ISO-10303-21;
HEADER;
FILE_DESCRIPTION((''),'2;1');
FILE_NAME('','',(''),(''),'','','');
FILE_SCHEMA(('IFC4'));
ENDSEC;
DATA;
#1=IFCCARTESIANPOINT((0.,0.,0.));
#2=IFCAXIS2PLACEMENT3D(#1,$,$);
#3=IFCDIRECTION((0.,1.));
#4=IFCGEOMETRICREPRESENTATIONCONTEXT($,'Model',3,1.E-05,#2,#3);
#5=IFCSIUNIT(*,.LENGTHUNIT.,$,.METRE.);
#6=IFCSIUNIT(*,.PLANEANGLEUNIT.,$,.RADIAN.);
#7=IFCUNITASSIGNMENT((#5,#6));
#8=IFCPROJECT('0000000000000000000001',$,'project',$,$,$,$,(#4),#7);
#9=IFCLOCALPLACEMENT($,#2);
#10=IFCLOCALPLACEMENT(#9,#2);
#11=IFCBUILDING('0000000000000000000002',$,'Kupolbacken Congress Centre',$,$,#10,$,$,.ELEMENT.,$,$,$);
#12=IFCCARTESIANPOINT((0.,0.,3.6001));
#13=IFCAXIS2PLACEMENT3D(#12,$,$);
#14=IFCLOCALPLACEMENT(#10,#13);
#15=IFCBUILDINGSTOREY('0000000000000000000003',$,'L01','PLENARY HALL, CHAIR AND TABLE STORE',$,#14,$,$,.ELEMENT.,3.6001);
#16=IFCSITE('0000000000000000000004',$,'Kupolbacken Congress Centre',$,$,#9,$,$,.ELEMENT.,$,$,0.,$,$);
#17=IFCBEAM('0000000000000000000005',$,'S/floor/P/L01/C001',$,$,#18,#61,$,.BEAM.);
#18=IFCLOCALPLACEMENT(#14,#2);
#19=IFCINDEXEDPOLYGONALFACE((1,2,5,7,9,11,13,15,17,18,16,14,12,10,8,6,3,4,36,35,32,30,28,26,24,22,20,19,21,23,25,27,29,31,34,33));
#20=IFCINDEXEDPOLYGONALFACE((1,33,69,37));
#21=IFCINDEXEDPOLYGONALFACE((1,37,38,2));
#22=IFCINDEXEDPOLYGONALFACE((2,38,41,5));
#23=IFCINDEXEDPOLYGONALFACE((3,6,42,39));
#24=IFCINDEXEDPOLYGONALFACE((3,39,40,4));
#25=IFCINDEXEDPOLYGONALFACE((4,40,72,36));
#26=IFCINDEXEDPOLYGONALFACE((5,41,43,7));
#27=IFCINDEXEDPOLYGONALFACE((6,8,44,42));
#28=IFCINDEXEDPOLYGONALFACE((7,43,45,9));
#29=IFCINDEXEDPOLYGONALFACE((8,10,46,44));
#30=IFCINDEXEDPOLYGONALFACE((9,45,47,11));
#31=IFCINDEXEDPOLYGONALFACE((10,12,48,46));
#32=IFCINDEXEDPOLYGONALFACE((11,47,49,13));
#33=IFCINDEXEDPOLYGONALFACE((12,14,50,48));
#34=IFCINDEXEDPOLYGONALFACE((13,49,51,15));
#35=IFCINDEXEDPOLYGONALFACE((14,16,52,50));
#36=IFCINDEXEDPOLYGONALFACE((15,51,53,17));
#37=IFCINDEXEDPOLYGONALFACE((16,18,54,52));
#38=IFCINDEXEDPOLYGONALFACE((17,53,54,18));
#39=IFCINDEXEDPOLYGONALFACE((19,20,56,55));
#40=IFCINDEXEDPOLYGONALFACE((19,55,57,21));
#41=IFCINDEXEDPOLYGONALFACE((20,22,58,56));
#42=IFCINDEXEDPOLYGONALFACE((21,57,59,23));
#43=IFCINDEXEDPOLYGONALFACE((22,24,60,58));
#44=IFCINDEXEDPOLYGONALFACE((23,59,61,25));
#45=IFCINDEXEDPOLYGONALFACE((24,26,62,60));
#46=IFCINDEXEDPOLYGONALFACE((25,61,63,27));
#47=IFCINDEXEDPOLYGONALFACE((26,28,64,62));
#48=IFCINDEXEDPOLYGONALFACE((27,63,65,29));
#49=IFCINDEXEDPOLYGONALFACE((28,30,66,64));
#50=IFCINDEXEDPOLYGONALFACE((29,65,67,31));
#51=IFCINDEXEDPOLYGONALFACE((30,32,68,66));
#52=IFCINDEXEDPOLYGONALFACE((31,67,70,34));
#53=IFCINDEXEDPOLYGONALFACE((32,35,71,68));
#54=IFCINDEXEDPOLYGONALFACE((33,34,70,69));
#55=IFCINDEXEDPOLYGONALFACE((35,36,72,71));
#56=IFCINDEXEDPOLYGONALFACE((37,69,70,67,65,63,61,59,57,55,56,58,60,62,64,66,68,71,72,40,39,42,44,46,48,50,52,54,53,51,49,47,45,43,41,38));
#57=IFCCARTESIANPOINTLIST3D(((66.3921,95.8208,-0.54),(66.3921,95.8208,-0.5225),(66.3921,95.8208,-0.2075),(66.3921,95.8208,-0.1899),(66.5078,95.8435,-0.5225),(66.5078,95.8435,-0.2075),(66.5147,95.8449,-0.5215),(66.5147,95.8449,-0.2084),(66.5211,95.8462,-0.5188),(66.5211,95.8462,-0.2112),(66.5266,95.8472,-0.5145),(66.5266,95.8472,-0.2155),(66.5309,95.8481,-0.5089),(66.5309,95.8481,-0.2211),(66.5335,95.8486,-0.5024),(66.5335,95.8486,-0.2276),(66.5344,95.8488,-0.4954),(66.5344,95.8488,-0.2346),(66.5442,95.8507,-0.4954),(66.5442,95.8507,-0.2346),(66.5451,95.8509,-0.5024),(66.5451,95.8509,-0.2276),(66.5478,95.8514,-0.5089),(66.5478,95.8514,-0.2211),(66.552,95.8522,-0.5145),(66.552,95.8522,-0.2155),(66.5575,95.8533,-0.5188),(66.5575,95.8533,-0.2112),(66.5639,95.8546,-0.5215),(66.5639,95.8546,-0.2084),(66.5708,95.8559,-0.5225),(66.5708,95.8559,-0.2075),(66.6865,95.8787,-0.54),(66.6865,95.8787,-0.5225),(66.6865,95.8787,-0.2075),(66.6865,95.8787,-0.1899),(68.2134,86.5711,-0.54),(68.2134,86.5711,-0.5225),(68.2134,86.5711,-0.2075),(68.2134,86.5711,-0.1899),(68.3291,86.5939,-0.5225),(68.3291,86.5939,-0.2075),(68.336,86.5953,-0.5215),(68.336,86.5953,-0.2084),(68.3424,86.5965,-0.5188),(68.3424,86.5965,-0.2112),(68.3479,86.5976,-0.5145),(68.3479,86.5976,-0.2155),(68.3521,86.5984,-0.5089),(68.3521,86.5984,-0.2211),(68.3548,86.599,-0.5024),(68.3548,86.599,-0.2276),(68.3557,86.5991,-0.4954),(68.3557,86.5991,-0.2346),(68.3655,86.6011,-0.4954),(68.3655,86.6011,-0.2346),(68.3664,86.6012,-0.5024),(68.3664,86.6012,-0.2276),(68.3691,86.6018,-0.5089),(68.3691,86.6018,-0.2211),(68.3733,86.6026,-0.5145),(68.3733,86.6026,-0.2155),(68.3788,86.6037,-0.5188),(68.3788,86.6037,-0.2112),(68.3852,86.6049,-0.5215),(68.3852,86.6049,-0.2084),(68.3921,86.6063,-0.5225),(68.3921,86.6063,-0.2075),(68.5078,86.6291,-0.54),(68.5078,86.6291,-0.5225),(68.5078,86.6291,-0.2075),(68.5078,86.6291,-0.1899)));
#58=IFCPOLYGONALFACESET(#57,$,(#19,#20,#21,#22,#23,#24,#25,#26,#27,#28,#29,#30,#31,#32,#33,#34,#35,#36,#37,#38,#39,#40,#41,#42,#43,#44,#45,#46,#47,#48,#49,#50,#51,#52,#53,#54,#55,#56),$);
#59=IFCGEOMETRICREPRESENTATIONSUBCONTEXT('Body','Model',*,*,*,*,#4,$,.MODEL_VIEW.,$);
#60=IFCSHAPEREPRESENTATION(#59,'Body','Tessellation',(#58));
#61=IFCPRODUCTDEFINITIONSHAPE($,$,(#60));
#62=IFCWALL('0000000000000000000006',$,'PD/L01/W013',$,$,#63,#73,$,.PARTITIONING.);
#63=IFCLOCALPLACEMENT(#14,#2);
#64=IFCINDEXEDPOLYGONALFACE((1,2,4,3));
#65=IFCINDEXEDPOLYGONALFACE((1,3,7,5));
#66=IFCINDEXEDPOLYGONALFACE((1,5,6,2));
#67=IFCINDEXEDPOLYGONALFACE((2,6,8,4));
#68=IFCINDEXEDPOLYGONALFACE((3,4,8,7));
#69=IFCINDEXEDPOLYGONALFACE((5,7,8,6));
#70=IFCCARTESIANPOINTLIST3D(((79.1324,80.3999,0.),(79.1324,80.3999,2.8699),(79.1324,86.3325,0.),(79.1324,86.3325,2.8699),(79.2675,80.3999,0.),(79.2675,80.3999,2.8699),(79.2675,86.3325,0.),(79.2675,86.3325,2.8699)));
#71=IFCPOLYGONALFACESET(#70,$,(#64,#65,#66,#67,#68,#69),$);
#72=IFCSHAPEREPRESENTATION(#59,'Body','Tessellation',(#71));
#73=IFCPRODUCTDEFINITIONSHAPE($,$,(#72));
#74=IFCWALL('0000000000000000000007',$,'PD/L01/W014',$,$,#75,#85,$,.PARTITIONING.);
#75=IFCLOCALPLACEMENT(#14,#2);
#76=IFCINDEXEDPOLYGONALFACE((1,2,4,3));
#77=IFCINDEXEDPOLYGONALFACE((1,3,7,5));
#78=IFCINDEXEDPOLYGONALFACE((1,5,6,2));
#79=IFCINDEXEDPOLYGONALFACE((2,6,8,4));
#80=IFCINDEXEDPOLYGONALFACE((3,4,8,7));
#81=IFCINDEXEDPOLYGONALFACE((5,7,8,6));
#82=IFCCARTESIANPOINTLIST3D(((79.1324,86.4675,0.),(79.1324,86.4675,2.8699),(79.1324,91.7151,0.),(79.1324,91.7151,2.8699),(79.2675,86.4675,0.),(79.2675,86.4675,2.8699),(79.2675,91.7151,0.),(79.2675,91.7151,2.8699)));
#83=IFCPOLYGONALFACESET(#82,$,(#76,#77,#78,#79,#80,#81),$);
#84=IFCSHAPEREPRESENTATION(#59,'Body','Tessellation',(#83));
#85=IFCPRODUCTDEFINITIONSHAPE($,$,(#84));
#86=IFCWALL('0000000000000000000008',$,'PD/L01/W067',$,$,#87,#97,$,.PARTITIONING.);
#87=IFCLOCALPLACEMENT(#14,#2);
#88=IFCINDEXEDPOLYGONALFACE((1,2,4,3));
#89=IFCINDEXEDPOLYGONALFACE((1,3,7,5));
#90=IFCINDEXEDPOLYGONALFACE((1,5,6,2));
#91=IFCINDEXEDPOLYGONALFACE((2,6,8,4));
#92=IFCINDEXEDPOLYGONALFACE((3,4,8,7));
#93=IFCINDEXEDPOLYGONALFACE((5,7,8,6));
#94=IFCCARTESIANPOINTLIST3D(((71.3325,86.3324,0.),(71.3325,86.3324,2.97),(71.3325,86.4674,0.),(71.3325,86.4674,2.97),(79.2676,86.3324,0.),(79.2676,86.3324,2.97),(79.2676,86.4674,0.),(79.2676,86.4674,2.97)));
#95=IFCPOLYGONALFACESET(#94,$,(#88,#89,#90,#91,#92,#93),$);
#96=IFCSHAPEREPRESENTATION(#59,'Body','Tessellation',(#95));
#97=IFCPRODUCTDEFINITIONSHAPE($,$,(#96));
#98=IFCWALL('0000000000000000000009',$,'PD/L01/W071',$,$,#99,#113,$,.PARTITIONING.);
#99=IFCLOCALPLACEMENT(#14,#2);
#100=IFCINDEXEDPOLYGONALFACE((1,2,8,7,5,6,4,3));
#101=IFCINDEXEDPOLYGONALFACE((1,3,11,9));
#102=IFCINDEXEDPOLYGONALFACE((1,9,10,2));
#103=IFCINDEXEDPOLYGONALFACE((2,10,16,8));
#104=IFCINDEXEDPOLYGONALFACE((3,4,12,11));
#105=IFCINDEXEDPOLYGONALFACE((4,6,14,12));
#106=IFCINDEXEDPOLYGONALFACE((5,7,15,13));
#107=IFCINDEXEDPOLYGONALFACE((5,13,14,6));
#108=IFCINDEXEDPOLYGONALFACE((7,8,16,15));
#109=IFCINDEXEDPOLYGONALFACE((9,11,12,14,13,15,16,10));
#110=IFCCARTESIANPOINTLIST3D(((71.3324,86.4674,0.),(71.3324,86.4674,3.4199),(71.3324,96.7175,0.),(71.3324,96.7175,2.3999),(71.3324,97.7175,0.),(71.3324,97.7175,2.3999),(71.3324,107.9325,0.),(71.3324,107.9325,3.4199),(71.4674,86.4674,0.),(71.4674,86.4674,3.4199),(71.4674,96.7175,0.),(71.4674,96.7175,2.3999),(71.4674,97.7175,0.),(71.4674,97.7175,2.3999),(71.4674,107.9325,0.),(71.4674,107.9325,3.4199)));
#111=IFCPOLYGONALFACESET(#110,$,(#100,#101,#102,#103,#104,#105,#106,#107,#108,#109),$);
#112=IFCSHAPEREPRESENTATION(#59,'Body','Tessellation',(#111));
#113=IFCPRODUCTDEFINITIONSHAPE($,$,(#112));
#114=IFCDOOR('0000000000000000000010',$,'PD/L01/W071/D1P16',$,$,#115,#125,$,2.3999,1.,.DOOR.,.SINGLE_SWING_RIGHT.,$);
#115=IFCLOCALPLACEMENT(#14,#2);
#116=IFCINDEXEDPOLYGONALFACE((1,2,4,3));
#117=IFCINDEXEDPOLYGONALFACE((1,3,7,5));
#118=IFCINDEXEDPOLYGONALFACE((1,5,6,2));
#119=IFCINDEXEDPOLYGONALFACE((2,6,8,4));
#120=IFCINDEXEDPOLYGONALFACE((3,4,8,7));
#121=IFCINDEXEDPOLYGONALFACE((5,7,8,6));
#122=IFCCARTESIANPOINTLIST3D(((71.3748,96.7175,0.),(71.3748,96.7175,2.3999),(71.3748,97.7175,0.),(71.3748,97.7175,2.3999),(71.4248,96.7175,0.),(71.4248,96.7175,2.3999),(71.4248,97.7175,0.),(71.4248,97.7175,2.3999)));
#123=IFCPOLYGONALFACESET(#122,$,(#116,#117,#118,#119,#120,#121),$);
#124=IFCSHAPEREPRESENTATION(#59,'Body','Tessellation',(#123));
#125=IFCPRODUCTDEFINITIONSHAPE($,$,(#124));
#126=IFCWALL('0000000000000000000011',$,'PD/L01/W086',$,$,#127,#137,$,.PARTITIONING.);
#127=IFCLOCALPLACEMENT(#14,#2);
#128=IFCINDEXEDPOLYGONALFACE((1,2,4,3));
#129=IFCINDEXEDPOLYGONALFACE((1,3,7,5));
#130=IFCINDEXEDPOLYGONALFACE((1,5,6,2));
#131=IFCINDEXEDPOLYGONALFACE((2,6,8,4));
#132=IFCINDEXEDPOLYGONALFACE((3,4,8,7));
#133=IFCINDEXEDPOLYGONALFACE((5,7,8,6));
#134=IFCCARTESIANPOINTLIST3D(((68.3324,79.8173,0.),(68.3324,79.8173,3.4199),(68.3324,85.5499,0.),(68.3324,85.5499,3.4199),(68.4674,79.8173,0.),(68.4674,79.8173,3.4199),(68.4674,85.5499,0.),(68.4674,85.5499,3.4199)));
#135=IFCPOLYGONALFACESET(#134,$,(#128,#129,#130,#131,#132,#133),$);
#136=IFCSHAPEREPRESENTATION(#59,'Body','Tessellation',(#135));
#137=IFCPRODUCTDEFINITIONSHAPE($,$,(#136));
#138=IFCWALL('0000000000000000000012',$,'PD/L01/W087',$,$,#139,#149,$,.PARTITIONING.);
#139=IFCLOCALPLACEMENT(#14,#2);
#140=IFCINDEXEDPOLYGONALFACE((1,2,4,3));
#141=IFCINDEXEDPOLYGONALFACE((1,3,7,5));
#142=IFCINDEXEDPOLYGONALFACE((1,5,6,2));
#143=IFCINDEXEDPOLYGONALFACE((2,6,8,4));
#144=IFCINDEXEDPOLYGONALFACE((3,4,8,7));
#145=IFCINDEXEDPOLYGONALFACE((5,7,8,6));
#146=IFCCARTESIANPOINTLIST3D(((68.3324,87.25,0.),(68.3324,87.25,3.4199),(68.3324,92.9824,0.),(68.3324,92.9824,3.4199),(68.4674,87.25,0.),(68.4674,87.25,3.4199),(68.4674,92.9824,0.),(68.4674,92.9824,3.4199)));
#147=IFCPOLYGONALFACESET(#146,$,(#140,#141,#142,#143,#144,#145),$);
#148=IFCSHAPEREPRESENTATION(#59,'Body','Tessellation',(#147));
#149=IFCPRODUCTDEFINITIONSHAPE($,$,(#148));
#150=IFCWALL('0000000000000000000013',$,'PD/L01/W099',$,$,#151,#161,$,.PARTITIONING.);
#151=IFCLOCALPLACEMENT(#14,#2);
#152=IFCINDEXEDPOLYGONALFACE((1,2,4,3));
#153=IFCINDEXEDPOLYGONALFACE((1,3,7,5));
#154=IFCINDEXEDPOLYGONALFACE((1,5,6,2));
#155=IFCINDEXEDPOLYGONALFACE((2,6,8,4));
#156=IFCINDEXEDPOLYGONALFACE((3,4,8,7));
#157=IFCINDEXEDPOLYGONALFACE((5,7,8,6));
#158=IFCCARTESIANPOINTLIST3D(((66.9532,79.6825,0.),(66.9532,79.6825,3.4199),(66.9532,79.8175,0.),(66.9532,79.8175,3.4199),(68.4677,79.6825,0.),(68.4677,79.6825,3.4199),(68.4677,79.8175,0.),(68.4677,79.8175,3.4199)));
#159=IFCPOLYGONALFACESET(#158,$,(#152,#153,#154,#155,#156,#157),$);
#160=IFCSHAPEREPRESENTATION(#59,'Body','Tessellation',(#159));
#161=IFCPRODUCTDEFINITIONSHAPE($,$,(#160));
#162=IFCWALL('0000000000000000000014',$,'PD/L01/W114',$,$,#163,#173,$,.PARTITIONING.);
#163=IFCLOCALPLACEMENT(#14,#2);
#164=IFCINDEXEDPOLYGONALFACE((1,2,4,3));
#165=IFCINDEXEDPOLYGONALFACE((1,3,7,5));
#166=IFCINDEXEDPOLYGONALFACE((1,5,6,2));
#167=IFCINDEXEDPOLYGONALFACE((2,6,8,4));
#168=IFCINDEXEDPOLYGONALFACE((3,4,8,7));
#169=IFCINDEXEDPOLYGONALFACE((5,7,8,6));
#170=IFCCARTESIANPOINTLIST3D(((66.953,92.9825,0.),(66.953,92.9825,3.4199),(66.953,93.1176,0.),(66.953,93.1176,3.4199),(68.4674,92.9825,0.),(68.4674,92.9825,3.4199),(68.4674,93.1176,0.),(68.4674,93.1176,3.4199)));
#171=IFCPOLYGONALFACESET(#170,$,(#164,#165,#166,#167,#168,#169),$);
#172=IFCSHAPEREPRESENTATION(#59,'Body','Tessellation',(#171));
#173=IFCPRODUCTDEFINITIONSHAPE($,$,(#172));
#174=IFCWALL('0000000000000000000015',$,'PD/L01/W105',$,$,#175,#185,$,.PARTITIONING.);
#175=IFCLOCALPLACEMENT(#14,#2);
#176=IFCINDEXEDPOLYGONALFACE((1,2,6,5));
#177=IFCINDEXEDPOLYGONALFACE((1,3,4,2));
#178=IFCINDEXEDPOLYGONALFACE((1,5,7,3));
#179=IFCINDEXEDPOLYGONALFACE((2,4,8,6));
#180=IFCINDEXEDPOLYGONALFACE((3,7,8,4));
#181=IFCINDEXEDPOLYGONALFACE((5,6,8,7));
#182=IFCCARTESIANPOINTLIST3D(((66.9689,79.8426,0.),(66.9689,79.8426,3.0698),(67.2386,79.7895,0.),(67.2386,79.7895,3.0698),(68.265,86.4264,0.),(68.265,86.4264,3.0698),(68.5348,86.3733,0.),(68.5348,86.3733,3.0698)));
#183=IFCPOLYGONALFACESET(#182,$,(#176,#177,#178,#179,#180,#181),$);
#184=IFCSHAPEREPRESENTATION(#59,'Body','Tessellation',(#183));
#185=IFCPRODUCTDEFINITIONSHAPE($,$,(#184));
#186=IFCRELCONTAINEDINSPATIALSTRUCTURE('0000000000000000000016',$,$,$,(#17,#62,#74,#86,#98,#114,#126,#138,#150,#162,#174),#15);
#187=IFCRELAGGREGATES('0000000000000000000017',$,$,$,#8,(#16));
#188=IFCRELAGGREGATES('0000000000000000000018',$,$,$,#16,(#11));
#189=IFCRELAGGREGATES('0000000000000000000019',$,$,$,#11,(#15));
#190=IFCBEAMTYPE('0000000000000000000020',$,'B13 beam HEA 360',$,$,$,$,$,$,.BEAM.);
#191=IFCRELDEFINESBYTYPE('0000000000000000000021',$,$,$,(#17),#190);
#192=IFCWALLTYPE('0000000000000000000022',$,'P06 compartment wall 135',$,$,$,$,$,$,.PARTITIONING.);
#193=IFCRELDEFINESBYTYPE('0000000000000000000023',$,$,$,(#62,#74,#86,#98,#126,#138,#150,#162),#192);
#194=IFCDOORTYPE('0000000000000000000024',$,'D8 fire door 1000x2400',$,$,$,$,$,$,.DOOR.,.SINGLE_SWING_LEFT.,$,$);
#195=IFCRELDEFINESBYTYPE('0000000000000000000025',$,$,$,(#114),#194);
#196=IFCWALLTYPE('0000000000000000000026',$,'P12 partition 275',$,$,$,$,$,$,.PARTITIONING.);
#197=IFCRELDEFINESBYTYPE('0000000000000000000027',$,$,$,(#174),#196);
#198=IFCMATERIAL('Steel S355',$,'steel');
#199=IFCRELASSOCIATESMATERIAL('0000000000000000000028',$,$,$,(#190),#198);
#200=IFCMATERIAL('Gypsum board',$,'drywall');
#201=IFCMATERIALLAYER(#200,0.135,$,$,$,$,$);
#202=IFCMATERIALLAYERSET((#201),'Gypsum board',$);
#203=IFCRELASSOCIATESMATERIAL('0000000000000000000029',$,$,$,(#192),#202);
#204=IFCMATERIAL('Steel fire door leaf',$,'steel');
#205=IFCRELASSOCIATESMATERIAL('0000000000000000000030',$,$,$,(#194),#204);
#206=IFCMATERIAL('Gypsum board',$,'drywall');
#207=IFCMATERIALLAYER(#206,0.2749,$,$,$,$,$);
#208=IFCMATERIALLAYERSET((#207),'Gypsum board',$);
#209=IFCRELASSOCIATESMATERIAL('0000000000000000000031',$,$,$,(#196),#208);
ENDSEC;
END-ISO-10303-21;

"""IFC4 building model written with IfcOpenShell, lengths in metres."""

from ifc_helpers import new_model, si_unit, direction, frame, frame_2d, origin, origin_2d, place, context, subcontext, project, spatial, rectangle, i_section, extrude, material, layer, layer_set, material_profile, profile_set, type_object, element, fill, save


model = new_model("IFC4")

# Units and contexts
model_context = context("Model", 3, precision=1e-05, world=origin(), true_north=direction((0.0, 1.0)))
body_context = subcontext(model_context, "Body", "Model", "MODEL_VIEW")
ifc_project = project(units=[si_unit("LENGTHUNIT", "METRE"), si_unit("PLANEANGLEUNIT", "RADIAN")], contexts=[model_context])

# Site, building, storey
site_placement = place(None, origin())
site = spatial("IfcSite", under=ifc_project, at=site_placement, Name="Kupolbacken Congress Centre", CompositionType="ELEMENT", RefElevation=0.0)
building_placement = place(site_placement, origin())
building = spatial("IfcBuilding", under=site, at=building_placement, Name="Kupolbacken Congress Centre", CompositionType="ELEMENT")
storey_placement = place(building_placement, frame((0.0, 0.0, 3.6001)))
storey = spatial("IfcBuildingStorey", under=building, at=storey_placement, Name="L01", Description="PLENARY HALL, CHAIR AND TABLE STORE", CompositionType="ELEMENT", Elevation=3.6001)

# Beam
ifc_material_1 = material(Name="Steel S355", Category="steel")
ifc_material_profile_1 = material_profile(ifc_material_1, i_section(OverallWidth=0.3, OverallDepth=0.3501, WebThickness=0.01, FlangeThickness=0.0176, FilletRadius=0.0271, at=origin_2d()), Name="HEA 360")
ifc_profile_set_1 = profile_set([ifc_material_profile_1], Name="Steel S355")
beam_type_1 = type_object("IfcBeamType", Name="B13 beam HEA 360", PredefinedType="BEAM", material=ifc_profile_set_1)
beam_1_placement = place(storey_placement, frame((68.3606, 86.6001, -0.365), z_axis=(-0.193192, 0.981161, 0.0), x_axis=(-0.981161, -0.193192, 0.0)))
element("IfcBeam", 1, at=beam_1_placement, inside=storey, type_object=beam_type_1, Name="S/floor/P/L01/C001", PredefinedType="BEAM", context=body_context, shape_type="SweptSolid", body=[
    extrude(i_section(OverallWidth=0.3, OverallDepth=0.3501, WebThickness=0.01, FlangeThickness=0.0176, FilletRadius=0.0271, at=origin_2d()), origin(), (0.0, 0.0, 1.0), 9.4272),
])

# Walls
ifc_material_2 = material(Name="Gypsum board", Category="drywall")
ifc_layer_1 = layer(ifc_material_2, 0.135)
ifc_layer_set_1 = layer_set([ifc_layer_1], Name="Gypsum board")
wall_type_1 = type_object("IfcWallType", Name="P06 compartment wall 135", PredefinedType="PARTITIONING", material=ifc_layer_set_1)
wall_1_placement = place(storey_placement, frame((79.2, 86.3325, 0.0), z_axis=(0.0, 0.0, 1.0), x_axis=(0.0, -1.0, 0.0)))
element("IfcWall", 2, at=wall_1_placement, inside=storey, type_object=wall_type_1, Name="PD/L01/W013", PredefinedType="PARTITIONING", context=body_context, shape_type="SweptSolid", body=[
    extrude(rectangle(XDim=5.9326, YDim=0.135, at=frame_2d((2.9663, 0.0))), origin(), (0.0, 0.0, 1.0), 2.8699),
])
wall_2_placement = place(storey_placement, frame((79.2, 91.7151, 0.0), z_axis=(0.0, 0.0, 1.0), x_axis=(0.0, -1.0, 0.0)))
element("IfcWall", 3, at=wall_2_placement, inside=storey, type_object=wall_type_1, Name="PD/L01/W014", PredefinedType="PARTITIONING", context=body_context, shape_type="SweptSolid", body=[
    extrude(rectangle(XDim=5.2476, YDim=0.135, at=frame_2d((2.6238, 0.0))), origin(), (0.0, 0.0, 1.0), 2.8699),
])
wall_3_placement = place(storey_placement, frame((71.3325, 86.3999, 0.0), z_axis=(0.0, 0.0, 1.0), x_axis=(1.0, 0.0, 0.0)))
element("IfcWall", 4, at=wall_3_placement, inside=storey, type_object=wall_type_1, Name="PD/L01/W067", PredefinedType="PARTITIONING", context=body_context, shape_type="SweptSolid", body=[
    extrude(rectangle(XDim=7.9351, YDim=0.135, at=frame_2d((3.9675, 0.0))), origin(), (0.0, 0.0, 1.0), 2.97),
])

# Wall, opening, door
wall_4_placement = place(storey_placement, frame((71.3999, 86.4675, 0.0), z_axis=(0.0, 0.0, 1.0), x_axis=(0.0, 1.0, 0.0)))
wall_4 = element("IfcWall", 5, at=wall_4_placement, inside=storey, type_object=wall_type_1, Name="PD/L01/W071", PredefinedType="PARTITIONING", context=body_context, shape_type="SweptSolid", body=[
    extrude(rectangle(XDim=21.4651, YDim=0.135, at=frame_2d((10.7324, 0.0))), origin(), (0.0, 0.0, 1.0), 3.4199),
])
opening_1_placement = place(wall_4_placement, frame((10.25, 0.0, 0.0)))
opening_1 = element("IfcOpeningElement", 6, at=opening_1_placement, cuts=wall_4, PredefinedType="OPENING", context=body_context, shape_type="SweptSolid", body=[
    extrude(rectangle(XDim=1.0, YDim=2.3999, at=frame_2d((0.5, 1.2))), frame((0.0, 0.0774, 0.0), z_axis=(0.0, -1.0, 0.0), x_axis=(1.0, 0.0, 0.0)), (0.0, 0.0, 1.0), 0.155),
])
ifc_material_3 = material(Name="Steel fire door leaf", Category="steel")
door_type_1 = type_object("IfcDoorType", Name="D8 fire door 1000x2400", OperationType="SINGLE_SWING_LEFT", PredefinedType="DOOR", material=ifc_material_3)
door_1_placement = place(opening_1_placement, frame((1.0, 0.0, 0.0), z_axis=(0.0, 0.0, 1.0), x_axis=(-1.0, 0.0, 0.0)))
door_1 = element("IfcDoor", 7, at=door_1_placement, inside=storey, type_object=door_type_1, Name="PD/L01/W071/D1P16", OperationType="SINGLE_SWING_RIGHT", OverallHeight=2.3999, OverallWidth=1.0, PredefinedType="DOOR", context=body_context, shape_type="SweptSolid", body=[
    extrude(rectangle(XDim=1.0, YDim=2.3999, at=frame_2d((0.5, 1.2))), frame((0.0, 0.0249, 0.0), z_axis=(0.0, -1.0, 0.0), x_axis=(1.0, 0.0, 0.0)), (0.0, 0.0, 1.0), 0.05),
])
fill(opening_1, door_1)

# Walls
wall_5_placement = place(storey_placement, frame((68.3999, 79.8174, 0.0), z_axis=(0.0, 0.0, 1.0), x_axis=(0.0, 1.0, 0.0)))
element("IfcWall", 8, at=wall_5_placement, inside=storey, type_object=wall_type_1, Name="PD/L01/W086", PredefinedType="PARTITIONING", context=body_context, shape_type="SweptSolid", body=[
    extrude(rectangle(XDim=5.7327, YDim=0.135, at=frame_2d((2.8662, 0.0))), origin(), (0.0, 0.0, 1.0), 3.4199),
])
wall_6_placement = place(storey_placement, frame((68.3999, 87.25, 0.0), z_axis=(0.0, 0.0, 1.0), x_axis=(0.0, 1.0, 0.0)))
element("IfcWall", 9, at=wall_6_placement, inside=storey, type_object=wall_type_1, Name="PD/L01/W087", PredefinedType="PARTITIONING", context=body_context, shape_type="SweptSolid", body=[
    extrude(rectangle(XDim=5.7324, YDim=0.135, at=frame_2d((2.8662, 0.0))), origin(), (0.0, 0.0, 1.0), 3.4199),
])
for number, where, z_axis, x_axis, name in (
    (10, (66.9531, 79.75, 0.0), (0.0, 0.0, 1.0), (1.0, 0.0, 0.0), "PD/L01/W099"),
    (11, (68.4675, 93.05, 0.0), (0.0, 0.0, 1.0), (-1.0, 0.0, 0.0), "PD/L01/W114"),
):
    element("IfcWall", number, at=place(storey_placement, frame(where, z_axis=z_axis, x_axis=x_axis)), inside=storey, type_object=wall_type_1, Name=name, PredefinedType="PARTITIONING", context=body_context, shape_type="SweptSolid", body=[
        extrude(rectangle(XDim=1.5144, YDim=0.135, at=frame_2d((0.7573, 0.0))), origin(), (0.0, 0.0, 1.0), 3.4199),
    ])
ifc_material_4 = material(Name="Gypsum board", Category="drywall")
ifc_layer_2 = layer(ifc_material_4, 0.2749)
ifc_layer_set_2 = layer_set([ifc_layer_2], Name="Gypsum board")
wall_type_2 = type_object("IfcWallType", Name="P12 partition 275", PredefinedType="PARTITIONING", material=ifc_layer_set_2)
wall_7_placement = place(storey_placement, frame((67.1038, 79.8162, 0.0), z_axis=(0.0, 0.0, 1.0), x_axis=(0.193163, 0.981167, 0.0)))
element("IfcWall", 12, at=wall_7_placement, inside=storey, type_object=wall_type_2, Name="PD/L01/W105", PredefinedType="PARTITIONING", context=body_context, shape_type="SweptSolid", body=[
    extrude(rectangle(XDim=6.7102, YDim=0.2749, at=frame_2d((3.355, 0.0))), origin(), (0.0, 0.0, 1.0), 3.0698),
])

save(model, "model.ifc")
